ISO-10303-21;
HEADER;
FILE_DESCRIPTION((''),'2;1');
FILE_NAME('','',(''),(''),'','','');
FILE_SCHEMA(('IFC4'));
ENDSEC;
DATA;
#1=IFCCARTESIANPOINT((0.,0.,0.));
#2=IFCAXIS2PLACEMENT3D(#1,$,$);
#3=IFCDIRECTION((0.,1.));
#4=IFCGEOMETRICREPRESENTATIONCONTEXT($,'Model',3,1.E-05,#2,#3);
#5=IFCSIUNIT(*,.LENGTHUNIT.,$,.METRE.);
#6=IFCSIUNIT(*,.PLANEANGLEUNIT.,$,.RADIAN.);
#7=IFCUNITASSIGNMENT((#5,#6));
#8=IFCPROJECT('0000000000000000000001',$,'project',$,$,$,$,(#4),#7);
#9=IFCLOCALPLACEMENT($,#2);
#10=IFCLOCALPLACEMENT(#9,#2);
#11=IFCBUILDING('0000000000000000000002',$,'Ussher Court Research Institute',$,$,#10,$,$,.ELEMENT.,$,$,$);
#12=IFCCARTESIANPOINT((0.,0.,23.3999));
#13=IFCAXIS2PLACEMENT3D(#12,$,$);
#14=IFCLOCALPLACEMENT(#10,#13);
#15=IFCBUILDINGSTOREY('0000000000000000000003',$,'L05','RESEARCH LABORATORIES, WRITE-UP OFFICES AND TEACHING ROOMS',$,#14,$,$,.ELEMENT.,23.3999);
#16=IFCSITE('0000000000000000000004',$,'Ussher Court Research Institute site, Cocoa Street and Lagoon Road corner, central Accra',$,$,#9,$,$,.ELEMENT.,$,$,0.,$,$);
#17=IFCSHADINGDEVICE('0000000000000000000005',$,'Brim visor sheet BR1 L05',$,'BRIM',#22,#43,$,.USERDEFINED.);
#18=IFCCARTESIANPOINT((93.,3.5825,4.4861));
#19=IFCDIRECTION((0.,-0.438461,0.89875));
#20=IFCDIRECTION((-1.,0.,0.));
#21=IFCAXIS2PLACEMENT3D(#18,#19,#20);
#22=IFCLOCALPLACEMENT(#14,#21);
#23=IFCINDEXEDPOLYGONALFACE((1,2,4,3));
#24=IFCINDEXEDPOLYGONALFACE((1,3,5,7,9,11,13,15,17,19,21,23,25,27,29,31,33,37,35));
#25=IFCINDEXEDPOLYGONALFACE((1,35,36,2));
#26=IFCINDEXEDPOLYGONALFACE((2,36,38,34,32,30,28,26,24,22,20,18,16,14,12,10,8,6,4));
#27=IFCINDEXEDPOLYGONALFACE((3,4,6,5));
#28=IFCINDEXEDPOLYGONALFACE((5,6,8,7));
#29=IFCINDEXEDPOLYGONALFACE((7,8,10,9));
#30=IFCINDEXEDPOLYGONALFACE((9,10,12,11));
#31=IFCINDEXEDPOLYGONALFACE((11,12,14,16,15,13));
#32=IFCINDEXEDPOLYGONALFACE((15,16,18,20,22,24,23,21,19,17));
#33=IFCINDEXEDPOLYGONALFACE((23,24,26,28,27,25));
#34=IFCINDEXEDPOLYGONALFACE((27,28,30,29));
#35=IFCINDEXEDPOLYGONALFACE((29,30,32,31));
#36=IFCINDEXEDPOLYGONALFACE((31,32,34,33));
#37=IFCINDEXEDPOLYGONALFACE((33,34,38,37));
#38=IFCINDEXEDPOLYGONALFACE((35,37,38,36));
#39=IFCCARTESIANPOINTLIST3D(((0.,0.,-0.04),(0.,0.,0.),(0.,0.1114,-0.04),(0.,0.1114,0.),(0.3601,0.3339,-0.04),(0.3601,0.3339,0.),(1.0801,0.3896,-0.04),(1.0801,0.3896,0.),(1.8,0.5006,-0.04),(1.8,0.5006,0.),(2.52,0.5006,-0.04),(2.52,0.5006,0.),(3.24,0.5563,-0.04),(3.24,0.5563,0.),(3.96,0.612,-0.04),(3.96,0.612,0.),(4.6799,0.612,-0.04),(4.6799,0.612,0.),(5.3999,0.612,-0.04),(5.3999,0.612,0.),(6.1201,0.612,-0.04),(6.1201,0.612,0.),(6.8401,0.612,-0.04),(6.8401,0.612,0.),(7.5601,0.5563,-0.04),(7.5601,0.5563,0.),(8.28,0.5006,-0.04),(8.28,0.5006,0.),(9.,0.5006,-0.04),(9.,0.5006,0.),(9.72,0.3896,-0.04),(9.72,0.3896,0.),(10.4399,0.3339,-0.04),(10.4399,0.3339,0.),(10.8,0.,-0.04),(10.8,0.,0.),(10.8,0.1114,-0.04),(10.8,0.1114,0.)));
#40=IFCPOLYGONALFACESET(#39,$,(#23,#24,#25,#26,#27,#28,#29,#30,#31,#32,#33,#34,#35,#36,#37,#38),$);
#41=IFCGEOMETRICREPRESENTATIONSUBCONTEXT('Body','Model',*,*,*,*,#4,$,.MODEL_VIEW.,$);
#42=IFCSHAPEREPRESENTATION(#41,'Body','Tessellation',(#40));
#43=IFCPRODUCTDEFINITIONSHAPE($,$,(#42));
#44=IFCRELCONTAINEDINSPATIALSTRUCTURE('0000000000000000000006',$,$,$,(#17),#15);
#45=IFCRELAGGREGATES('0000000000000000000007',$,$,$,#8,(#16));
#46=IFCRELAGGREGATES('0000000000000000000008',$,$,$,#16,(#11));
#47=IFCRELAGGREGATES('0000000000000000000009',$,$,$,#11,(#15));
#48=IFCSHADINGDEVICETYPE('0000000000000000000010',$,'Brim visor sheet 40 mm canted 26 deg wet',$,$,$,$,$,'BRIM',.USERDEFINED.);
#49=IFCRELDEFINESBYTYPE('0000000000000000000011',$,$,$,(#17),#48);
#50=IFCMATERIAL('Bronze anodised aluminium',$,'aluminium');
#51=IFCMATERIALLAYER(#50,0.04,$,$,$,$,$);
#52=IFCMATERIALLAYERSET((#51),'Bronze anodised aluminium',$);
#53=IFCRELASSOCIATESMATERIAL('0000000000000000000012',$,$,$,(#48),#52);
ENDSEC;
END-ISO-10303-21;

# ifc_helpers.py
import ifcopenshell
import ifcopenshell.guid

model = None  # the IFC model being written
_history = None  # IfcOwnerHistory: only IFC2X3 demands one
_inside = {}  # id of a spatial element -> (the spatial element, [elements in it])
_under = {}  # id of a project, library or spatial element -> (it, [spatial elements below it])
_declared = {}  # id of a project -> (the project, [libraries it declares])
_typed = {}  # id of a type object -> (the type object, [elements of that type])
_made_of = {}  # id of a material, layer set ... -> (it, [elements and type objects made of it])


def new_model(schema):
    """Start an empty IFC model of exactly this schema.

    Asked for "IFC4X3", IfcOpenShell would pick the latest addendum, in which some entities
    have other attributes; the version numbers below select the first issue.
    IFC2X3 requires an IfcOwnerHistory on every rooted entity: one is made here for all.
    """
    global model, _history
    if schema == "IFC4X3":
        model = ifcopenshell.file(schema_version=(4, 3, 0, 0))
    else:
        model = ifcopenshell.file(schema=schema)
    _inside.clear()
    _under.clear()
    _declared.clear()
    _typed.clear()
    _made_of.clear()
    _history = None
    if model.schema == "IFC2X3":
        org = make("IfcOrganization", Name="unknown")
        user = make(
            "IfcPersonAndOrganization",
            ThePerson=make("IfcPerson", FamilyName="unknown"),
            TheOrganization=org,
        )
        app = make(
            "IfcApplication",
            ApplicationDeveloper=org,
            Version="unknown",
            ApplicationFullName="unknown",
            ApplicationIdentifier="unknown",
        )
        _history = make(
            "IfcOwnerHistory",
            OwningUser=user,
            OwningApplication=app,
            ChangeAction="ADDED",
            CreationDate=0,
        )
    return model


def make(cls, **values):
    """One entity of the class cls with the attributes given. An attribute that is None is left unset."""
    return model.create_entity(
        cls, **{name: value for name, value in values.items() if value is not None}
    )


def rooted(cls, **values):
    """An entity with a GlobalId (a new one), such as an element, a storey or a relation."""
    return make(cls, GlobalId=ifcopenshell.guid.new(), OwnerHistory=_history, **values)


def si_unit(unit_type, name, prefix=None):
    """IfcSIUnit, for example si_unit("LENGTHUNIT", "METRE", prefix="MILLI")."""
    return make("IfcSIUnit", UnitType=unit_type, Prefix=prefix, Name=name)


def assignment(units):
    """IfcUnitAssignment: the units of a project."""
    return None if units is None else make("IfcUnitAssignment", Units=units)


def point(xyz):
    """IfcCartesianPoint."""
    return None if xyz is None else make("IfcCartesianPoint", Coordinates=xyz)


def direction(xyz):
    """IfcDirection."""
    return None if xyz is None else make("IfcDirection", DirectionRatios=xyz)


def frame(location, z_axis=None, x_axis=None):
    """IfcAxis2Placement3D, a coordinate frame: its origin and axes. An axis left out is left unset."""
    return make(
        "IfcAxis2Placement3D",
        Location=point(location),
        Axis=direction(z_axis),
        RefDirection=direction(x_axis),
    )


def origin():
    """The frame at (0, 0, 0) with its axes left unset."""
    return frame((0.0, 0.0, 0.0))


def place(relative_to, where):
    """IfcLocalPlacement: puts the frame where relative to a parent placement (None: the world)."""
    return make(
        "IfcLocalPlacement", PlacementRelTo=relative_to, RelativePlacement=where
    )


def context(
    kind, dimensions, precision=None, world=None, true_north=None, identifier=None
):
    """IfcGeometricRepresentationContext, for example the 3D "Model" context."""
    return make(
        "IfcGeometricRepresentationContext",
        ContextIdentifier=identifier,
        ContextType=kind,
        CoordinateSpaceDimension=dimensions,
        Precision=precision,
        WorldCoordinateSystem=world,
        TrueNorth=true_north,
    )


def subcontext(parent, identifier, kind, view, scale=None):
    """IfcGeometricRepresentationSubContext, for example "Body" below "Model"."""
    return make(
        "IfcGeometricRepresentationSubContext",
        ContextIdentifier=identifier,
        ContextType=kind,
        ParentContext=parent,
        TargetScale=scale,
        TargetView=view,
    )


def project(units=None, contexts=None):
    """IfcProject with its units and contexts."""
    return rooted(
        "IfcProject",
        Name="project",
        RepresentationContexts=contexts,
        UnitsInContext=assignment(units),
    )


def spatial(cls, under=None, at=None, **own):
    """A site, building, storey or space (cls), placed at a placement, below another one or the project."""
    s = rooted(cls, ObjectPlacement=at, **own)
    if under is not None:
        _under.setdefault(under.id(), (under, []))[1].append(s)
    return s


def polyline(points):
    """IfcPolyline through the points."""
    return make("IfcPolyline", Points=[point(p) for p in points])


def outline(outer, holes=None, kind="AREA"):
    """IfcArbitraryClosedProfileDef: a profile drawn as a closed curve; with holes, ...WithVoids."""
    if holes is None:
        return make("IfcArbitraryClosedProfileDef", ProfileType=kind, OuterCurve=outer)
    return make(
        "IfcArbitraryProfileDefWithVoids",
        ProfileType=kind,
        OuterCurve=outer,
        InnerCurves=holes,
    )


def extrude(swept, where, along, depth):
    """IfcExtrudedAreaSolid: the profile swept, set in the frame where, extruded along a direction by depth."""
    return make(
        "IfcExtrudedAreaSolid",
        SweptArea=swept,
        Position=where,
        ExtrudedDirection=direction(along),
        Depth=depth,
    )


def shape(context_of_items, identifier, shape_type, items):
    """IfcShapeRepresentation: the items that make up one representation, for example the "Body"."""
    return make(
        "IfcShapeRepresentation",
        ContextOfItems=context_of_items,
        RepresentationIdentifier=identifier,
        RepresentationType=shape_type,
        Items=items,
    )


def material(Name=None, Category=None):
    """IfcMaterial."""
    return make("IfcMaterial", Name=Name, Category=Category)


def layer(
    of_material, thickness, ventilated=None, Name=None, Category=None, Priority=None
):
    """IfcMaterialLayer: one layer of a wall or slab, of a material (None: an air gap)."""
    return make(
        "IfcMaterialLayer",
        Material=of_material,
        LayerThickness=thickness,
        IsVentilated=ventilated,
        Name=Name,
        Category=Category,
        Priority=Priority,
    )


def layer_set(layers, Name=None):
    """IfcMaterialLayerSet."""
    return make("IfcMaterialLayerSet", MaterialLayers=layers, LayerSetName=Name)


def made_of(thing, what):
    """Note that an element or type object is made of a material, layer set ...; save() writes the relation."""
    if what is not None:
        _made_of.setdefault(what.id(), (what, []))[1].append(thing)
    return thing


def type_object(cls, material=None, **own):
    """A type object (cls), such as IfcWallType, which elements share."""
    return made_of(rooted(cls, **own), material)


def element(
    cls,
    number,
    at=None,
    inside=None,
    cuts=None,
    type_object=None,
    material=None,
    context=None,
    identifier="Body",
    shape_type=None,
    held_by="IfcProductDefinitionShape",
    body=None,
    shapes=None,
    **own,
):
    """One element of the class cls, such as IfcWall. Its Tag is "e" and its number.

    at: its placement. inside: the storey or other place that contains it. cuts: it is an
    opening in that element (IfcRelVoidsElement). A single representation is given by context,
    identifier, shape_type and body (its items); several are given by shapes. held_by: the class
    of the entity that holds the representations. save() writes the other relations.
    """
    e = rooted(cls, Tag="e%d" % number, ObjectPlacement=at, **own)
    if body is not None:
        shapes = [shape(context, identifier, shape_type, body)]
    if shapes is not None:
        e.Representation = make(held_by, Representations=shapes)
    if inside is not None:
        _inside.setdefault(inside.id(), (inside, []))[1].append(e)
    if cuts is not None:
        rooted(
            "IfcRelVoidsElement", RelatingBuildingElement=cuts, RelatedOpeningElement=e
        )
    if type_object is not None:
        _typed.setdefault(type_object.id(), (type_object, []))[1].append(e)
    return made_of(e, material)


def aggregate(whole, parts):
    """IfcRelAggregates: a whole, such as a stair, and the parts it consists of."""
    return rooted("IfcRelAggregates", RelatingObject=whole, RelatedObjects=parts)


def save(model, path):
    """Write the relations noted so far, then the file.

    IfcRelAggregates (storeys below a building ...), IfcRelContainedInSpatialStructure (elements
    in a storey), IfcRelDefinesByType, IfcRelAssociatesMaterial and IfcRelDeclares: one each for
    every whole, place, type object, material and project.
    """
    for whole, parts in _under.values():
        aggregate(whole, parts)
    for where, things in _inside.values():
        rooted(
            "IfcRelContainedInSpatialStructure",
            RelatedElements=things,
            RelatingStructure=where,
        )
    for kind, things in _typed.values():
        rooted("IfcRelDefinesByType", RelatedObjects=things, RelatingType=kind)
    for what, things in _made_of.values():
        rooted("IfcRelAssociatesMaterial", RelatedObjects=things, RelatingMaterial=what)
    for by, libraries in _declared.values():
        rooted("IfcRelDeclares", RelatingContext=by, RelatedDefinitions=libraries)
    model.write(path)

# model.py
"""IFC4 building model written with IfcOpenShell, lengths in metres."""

from ifc_helpers import new_model, si_unit, direction, frame, origin, place, context, subcontext, project, spatial, polyline, outline, extrude, material, layer, layer_set, type_object, element, save


model = new_model("IFC4")

# Units and contexts
model_context = context("Model", 3, precision=1e-05, world=origin(), true_north=direction((0.0, 1.0)))
body_context = subcontext(model_context, "Body", "Model", "MODEL_VIEW")
ifc_project = project(units=[si_unit("LENGTHUNIT", "METRE"), si_unit("PLANEANGLEUNIT", "RADIAN")], contexts=[model_context])

# Site, building, storey
site_placement = place(None, origin())
site = spatial("IfcSite", under=ifc_project, at=site_placement, Name="Ussher Court Research Institute site, Cocoa Street and Lagoon Road corner, central Accra", CompositionType="ELEMENT", RefElevation=0.0)
building_placement = place(site_placement, origin())
building = spatial("IfcBuilding", under=site, at=building_placement, Name="Ussher Court Research Institute", CompositionType="ELEMENT")
storey_placement = place(building_placement, frame((0.0, 0.0, 23.3999)))
storey = spatial("IfcBuildingStorey", under=building, at=storey_placement, Name="L05", Description="RESEARCH LABORATORIES, WRITE-UP OFFICES AND TEACHING ROOMS", CompositionType="ELEMENT", Elevation=23.3999)

# Shading device
ifc_material_1 = material(Name="Bronze anodised aluminium", Category="aluminium")
ifc_layer_1 = layer(ifc_material_1, 0.04)
ifc_layer_set_1 = layer_set([ifc_layer_1], Name="Bronze anodised aluminium")
shading_device_type_1 = type_object("IfcShadingDeviceType", Name="Brim visor sheet 40 mm canted 26 deg wet", ElementType="BRIM", PredefinedType="USERDEFINED", material=ifc_layer_set_1)
shading_device_placement = place(storey_placement, frame((93.0, 3.5825, 4.4861), z_axis=(0.0, -0.438461, 0.89875), x_axis=(-1.0, 0.0, 0.0)))
element("IfcShadingDevice", 1, at=shading_device_placement, inside=storey, type_object=shading_device_type_1, Name="Brim visor sheet BR1 L05", ObjectType="BRIM", PredefinedType="USERDEFINED", context=body_context, shape_type="SweptSolid", body=[
    extrude(outline(polyline([(0.0, 0.0), (10.8, 0.0), (10.8, 0.1114), (10.4399, 0.3339), (9.72, 0.3896), (9.0, 0.5006), (8.28, 0.5006), (7.5601, 0.5563), (6.8401, 0.612), (6.1201, 0.612), (5.3999, 0.612), (4.6799, 0.612), (3.96, 0.612), (3.24, 0.5563), (2.52, 0.5006), (1.8, 0.5006), (1.0801, 0.3896), (0.3601, 0.3339), (0.0, 0.1114), (0.0, 0.0)])), origin(), (0.0, 0.0, -1.0), 0.04),
])

save(model, "model.ifc")
